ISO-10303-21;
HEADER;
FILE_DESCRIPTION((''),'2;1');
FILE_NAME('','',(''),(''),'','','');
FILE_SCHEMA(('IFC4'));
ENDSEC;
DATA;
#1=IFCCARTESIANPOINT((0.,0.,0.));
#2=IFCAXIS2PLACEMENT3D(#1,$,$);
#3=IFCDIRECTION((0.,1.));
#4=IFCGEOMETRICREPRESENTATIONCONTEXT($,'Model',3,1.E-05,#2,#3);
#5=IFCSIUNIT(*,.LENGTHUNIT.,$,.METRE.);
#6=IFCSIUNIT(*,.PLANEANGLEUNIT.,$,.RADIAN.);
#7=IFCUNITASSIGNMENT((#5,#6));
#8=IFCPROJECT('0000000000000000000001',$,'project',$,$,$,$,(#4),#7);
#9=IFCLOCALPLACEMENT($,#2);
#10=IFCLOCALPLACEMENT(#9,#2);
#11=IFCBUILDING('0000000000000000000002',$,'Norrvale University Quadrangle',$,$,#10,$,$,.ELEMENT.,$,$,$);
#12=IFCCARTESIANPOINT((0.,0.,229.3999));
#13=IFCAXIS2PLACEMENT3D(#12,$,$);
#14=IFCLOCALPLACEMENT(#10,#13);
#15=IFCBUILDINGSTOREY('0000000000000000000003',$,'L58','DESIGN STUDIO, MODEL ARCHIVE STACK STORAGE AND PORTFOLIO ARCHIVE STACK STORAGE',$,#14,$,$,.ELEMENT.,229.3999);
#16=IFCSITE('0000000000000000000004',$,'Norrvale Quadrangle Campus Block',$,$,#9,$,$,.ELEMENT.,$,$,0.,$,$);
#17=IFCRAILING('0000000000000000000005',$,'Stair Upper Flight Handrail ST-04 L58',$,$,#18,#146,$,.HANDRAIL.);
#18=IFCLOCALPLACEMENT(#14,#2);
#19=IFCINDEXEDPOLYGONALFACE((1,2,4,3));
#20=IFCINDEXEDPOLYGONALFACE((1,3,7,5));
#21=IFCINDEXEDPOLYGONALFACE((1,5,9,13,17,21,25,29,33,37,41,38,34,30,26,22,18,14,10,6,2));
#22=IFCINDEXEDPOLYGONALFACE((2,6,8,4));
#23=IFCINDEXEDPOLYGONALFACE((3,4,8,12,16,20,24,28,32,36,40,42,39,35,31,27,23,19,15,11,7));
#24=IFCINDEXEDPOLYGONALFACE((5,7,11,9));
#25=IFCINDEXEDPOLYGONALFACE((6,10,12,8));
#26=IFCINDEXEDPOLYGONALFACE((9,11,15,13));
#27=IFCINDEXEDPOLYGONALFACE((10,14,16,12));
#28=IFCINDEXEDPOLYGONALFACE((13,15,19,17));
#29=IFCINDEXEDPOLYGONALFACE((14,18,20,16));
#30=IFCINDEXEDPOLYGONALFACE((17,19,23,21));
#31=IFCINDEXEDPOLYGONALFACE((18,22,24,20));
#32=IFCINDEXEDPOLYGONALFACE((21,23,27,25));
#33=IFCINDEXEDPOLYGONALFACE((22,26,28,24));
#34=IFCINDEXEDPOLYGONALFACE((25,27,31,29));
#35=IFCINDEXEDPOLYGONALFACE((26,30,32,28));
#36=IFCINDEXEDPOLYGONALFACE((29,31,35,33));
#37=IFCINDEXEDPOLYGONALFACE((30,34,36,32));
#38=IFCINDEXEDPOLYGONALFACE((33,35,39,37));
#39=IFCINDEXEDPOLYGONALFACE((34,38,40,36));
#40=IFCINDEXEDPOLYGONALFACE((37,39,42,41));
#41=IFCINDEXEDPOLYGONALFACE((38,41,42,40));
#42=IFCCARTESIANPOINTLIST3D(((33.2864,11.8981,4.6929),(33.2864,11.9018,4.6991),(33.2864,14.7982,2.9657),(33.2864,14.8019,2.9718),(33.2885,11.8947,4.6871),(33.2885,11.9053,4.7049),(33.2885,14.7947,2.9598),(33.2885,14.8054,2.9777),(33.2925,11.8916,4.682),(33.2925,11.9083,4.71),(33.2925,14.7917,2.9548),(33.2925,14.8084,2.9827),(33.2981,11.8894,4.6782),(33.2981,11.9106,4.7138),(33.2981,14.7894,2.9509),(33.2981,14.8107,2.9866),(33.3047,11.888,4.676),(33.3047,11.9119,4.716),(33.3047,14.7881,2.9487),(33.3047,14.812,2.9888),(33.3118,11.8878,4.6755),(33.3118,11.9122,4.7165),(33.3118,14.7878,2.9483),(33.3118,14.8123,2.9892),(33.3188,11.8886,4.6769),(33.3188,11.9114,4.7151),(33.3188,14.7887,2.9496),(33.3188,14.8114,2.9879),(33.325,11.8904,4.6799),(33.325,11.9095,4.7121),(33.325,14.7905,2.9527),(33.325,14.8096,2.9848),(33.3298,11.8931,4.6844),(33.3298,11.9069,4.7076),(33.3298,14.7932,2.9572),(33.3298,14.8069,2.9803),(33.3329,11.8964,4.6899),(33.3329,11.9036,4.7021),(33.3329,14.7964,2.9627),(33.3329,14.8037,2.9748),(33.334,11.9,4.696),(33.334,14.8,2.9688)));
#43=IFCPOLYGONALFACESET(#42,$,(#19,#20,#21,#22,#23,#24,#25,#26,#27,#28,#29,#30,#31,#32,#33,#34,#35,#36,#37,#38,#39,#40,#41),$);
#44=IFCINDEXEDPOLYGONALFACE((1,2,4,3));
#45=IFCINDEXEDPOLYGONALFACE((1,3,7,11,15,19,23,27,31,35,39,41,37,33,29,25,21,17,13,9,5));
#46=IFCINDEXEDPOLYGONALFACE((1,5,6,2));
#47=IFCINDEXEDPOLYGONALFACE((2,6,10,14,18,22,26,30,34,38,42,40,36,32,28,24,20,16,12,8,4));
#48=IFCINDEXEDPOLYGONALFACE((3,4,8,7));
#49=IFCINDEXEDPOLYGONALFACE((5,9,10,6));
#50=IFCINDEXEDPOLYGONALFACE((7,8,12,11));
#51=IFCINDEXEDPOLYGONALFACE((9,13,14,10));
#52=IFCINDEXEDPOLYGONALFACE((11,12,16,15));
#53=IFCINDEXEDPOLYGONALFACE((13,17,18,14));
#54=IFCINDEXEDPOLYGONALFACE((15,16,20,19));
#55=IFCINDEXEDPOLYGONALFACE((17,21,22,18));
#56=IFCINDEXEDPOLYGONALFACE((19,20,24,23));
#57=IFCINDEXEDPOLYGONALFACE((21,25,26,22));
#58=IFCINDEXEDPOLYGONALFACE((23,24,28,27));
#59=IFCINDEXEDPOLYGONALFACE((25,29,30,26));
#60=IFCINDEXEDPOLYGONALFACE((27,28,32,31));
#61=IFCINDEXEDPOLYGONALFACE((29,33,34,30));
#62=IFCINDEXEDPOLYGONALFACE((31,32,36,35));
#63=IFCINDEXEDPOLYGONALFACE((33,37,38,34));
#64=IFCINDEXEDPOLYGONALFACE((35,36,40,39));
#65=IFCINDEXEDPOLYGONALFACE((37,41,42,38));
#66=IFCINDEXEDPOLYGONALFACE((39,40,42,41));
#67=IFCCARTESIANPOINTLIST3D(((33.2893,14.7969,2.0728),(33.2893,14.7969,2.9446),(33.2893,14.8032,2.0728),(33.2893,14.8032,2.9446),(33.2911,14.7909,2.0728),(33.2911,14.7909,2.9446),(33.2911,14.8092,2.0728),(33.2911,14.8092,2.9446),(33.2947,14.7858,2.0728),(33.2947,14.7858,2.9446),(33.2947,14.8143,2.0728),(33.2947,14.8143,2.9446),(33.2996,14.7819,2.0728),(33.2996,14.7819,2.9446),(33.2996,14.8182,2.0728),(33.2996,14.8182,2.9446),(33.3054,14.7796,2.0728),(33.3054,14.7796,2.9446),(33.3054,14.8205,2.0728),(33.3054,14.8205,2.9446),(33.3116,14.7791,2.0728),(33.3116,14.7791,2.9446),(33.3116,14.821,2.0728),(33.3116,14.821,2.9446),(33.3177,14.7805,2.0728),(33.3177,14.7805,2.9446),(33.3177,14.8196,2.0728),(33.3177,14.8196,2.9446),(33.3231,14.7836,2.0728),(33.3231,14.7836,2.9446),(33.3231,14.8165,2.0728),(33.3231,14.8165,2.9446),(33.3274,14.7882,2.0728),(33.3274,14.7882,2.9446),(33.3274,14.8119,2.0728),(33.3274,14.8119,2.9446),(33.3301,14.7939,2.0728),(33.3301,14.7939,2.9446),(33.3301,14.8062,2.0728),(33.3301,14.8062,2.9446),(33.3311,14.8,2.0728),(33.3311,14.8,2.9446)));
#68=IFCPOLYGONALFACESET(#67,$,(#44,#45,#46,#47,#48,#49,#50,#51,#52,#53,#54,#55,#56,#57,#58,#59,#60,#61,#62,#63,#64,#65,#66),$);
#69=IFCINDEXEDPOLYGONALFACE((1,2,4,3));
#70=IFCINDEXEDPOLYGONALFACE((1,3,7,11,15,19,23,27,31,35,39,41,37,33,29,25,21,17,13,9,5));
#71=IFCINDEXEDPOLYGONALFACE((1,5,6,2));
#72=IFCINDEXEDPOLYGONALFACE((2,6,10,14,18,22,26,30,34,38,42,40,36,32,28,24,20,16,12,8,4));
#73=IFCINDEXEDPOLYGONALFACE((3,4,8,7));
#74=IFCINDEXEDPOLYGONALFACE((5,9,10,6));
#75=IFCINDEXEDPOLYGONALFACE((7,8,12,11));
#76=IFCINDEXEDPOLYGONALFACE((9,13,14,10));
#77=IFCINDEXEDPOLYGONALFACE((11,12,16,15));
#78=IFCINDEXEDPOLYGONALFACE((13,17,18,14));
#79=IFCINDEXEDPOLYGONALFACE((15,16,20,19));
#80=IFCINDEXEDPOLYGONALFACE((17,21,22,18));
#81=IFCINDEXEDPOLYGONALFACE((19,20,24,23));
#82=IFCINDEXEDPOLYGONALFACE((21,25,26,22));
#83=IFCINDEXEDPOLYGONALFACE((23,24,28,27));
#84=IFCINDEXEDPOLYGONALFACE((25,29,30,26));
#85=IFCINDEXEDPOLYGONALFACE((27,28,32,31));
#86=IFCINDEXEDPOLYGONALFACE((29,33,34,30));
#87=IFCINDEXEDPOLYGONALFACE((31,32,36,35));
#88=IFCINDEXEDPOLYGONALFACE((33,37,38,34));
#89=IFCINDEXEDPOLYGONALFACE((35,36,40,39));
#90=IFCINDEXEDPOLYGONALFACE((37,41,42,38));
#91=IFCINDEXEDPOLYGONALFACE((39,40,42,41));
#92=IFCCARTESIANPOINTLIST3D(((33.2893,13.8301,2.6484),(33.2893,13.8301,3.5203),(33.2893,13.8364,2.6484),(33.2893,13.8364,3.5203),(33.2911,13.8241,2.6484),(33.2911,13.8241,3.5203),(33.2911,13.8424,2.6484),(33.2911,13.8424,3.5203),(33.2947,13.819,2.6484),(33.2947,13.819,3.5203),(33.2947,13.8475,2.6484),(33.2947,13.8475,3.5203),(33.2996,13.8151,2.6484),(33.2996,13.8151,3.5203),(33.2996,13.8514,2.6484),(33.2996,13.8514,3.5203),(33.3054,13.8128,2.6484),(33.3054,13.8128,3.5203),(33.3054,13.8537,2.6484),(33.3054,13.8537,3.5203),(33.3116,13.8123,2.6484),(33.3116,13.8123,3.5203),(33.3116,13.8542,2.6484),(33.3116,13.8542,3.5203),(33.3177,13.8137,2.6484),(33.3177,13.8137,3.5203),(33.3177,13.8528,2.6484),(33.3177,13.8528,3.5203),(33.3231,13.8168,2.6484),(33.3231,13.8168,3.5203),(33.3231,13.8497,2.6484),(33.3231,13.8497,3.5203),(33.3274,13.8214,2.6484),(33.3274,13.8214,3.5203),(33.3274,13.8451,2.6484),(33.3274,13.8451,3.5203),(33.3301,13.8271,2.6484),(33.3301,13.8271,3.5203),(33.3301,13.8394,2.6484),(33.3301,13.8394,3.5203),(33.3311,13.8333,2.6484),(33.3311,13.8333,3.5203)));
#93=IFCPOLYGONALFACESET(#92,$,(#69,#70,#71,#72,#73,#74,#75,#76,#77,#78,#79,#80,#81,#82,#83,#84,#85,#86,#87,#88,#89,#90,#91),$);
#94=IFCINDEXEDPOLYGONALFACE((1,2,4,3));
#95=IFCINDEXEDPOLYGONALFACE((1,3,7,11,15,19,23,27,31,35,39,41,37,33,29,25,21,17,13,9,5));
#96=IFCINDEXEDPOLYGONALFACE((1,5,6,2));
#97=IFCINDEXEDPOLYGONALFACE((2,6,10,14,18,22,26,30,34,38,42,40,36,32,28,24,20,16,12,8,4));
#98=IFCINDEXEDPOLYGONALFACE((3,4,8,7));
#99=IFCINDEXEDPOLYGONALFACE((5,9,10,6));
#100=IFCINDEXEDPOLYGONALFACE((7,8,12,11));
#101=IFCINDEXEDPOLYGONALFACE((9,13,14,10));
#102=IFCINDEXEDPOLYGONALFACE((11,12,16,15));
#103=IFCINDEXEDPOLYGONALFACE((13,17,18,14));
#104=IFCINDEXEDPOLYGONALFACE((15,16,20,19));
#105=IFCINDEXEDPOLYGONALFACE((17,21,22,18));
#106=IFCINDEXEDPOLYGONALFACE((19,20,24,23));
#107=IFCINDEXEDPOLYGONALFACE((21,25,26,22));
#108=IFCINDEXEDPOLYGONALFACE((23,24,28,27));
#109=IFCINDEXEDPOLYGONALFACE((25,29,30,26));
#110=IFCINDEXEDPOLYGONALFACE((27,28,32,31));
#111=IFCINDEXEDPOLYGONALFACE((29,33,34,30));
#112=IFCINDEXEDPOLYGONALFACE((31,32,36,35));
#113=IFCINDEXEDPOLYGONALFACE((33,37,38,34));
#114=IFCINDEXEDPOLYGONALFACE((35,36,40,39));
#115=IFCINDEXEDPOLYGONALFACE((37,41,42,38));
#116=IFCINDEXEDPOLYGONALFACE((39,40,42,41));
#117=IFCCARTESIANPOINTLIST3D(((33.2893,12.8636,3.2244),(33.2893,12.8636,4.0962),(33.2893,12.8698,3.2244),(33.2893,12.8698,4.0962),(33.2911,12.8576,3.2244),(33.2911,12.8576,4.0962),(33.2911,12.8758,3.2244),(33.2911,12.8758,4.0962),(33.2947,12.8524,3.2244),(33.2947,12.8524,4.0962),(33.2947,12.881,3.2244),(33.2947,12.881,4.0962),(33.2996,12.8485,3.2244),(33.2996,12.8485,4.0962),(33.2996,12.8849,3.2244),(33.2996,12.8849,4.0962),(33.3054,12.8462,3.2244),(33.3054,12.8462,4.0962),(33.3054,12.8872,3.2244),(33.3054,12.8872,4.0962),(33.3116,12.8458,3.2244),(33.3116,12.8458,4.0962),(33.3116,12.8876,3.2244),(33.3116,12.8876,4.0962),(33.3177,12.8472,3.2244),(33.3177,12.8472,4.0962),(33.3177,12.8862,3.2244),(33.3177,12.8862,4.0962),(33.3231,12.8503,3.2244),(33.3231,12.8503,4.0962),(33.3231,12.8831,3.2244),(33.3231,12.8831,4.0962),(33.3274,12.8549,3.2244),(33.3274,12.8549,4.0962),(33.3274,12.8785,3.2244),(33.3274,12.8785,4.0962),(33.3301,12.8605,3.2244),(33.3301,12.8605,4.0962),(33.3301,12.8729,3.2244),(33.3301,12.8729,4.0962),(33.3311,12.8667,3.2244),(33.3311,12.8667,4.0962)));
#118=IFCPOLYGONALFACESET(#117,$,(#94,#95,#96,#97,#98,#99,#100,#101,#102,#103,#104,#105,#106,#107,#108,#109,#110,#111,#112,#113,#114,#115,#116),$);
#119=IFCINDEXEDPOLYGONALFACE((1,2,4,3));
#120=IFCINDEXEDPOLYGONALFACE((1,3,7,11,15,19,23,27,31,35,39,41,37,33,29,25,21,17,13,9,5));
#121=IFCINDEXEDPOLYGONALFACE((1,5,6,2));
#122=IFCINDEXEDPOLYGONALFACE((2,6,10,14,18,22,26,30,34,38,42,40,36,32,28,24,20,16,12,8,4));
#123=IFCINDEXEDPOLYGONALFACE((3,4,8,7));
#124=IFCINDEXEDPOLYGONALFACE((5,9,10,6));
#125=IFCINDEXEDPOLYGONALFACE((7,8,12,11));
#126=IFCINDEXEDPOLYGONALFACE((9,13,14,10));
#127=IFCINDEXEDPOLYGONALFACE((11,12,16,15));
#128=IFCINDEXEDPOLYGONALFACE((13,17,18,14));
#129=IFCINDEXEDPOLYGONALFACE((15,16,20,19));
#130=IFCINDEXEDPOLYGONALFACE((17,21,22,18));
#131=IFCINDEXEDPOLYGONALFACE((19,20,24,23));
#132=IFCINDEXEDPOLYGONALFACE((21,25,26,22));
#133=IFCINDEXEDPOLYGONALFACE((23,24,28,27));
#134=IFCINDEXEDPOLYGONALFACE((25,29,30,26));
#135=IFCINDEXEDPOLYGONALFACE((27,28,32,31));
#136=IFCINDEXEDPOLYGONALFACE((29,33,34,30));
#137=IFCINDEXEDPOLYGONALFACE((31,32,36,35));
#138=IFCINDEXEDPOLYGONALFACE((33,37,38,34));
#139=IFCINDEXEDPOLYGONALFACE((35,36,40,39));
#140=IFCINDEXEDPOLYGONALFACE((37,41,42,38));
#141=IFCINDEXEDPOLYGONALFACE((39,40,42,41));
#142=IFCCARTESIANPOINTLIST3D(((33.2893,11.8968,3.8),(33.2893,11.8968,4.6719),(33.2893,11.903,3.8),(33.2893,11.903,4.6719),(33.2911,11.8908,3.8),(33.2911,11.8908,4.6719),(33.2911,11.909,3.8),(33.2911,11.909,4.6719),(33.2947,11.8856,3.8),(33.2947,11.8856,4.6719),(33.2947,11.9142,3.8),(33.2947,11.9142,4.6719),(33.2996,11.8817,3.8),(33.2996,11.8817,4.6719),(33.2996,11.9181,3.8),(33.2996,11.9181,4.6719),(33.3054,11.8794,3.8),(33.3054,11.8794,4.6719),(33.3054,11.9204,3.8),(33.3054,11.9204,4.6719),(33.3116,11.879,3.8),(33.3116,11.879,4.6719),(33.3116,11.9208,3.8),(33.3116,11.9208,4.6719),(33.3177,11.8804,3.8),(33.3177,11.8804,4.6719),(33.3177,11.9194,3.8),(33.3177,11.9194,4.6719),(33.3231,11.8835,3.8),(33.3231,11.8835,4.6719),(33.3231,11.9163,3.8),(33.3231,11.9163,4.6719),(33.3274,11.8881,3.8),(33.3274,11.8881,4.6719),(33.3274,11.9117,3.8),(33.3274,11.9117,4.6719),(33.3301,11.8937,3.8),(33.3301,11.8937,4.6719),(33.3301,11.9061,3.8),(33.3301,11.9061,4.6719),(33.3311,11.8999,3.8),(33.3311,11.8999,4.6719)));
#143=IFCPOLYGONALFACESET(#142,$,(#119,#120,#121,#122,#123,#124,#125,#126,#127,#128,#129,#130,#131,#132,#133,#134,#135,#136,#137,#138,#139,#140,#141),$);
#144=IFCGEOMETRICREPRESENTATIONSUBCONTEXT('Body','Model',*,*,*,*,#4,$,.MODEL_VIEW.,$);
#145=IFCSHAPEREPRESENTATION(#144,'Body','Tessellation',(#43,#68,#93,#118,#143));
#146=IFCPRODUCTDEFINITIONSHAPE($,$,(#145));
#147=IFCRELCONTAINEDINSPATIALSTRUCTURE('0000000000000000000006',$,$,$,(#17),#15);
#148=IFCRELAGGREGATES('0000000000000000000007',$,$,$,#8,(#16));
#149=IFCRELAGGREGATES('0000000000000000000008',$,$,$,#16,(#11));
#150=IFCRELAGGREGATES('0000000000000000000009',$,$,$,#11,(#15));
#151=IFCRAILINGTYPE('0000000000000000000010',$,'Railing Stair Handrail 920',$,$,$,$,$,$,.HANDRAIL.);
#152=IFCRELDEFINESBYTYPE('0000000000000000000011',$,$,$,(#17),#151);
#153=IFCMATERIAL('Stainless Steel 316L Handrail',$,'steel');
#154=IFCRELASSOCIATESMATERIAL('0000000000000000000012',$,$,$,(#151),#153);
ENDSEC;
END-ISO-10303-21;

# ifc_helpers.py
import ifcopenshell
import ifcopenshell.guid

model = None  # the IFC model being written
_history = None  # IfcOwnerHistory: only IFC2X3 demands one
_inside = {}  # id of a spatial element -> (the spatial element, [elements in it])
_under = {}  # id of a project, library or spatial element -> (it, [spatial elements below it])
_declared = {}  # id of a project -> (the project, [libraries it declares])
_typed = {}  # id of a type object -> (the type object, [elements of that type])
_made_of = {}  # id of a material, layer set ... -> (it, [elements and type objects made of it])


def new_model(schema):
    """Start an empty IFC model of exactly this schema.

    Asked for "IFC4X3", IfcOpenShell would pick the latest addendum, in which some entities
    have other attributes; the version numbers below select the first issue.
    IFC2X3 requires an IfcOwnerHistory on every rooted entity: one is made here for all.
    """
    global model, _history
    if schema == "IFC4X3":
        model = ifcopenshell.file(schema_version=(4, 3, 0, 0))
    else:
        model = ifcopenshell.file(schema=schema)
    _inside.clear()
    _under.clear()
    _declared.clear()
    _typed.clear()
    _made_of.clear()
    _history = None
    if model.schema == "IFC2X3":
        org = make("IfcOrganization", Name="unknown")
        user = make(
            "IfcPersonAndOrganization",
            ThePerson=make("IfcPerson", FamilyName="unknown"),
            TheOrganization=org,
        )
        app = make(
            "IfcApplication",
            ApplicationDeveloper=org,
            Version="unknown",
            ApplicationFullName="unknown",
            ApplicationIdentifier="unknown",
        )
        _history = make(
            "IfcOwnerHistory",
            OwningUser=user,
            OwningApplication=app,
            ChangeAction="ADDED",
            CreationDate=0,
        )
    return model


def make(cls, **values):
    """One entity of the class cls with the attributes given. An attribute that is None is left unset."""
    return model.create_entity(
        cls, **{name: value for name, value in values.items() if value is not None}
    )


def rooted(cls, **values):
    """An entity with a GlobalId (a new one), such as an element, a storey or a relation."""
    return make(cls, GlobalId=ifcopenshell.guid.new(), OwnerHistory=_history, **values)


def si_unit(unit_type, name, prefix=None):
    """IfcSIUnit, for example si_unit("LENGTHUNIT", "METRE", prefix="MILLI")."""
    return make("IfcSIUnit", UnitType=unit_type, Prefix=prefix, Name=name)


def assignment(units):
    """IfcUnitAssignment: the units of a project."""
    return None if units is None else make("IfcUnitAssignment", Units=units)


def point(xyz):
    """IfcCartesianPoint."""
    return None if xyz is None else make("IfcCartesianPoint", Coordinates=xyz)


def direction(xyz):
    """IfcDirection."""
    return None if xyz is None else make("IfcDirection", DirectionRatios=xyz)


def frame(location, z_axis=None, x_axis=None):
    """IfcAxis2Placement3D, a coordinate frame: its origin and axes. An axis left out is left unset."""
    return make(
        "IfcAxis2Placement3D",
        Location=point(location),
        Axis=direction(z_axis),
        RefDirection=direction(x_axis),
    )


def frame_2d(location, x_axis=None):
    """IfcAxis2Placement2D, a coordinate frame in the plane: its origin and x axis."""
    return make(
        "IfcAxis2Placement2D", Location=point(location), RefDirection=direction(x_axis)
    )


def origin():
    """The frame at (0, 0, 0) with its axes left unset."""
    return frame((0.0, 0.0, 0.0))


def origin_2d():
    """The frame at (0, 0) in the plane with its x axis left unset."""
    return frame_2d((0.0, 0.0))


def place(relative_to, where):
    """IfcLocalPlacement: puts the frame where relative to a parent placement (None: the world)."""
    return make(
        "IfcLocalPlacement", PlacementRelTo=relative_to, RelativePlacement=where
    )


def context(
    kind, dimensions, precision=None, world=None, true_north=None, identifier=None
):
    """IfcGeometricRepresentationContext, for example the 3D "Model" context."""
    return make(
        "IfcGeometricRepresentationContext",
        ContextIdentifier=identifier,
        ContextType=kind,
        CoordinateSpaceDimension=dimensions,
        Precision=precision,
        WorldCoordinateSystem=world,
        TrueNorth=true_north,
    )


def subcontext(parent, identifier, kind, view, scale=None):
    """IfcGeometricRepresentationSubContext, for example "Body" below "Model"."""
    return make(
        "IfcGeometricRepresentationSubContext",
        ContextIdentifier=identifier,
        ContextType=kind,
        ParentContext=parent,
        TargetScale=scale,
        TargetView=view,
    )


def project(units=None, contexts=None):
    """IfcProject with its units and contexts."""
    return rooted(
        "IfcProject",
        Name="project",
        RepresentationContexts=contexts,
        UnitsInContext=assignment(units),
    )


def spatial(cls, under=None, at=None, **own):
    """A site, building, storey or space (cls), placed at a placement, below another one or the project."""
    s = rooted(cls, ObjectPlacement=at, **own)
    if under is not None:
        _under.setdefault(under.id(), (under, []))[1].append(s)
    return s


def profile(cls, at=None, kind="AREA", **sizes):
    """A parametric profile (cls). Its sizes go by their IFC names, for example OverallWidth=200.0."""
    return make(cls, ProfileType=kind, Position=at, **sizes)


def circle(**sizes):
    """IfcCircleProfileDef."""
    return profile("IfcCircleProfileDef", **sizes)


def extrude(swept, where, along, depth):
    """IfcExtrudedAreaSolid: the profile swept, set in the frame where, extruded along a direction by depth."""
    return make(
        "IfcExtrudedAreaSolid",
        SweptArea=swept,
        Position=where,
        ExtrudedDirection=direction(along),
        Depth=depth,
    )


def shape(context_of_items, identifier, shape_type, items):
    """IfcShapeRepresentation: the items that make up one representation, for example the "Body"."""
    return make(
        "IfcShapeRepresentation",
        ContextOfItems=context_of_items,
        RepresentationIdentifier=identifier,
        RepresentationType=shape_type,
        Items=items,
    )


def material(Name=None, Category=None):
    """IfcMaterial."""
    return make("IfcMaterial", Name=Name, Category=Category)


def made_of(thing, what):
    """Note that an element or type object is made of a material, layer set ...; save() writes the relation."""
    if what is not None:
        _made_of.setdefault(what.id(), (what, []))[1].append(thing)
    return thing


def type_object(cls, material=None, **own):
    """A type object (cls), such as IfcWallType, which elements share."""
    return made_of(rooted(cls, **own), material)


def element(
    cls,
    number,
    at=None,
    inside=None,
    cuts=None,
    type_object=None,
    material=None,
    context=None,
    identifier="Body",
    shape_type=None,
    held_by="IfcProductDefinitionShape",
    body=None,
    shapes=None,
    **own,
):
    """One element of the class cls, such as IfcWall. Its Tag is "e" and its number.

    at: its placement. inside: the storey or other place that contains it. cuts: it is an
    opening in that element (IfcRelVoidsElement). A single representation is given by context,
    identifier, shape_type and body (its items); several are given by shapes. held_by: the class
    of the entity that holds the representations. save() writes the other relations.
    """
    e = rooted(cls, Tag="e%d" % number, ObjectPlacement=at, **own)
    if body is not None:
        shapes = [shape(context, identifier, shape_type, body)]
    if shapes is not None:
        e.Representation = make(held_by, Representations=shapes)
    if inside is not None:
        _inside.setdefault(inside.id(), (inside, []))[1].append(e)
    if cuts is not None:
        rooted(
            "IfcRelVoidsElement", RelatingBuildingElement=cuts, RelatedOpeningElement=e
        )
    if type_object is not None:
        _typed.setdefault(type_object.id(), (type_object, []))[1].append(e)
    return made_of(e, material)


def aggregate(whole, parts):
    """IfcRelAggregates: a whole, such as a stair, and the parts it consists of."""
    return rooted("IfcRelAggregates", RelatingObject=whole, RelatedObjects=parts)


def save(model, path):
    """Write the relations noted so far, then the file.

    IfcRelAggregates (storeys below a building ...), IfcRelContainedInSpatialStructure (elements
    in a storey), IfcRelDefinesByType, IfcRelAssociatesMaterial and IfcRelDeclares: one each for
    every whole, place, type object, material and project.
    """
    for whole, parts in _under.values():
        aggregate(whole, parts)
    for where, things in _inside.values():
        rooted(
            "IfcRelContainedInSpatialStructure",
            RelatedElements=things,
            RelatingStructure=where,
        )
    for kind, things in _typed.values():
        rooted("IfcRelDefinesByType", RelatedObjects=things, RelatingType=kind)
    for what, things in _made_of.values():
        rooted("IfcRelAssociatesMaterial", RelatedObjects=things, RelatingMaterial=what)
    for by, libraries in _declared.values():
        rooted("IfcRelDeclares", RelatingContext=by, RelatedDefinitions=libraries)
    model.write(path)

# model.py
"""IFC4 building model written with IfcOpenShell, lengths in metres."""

from ifc_helpers import new_model, si_unit, direction, frame, origin, origin_2d, place, context, subcontext, project, spatial, circle, extrude, material, type_object, element, save


model = new_model("IFC4")

# Units and contexts
model_context = context("Model", 3, precision=1e-05, world=origin(), true_north=direction((0.0, 1.0)))
body_context = subcontext(model_context, "Body", "Model", "MODEL_VIEW")
ifc_project = project(units=[si_unit("LENGTHUNIT", "METRE"), si_unit("PLANEANGLEUNIT", "RADIAN")], contexts=[model_context])

# Site, building, storey
site_placement = place(None, origin())
site = spatial("IfcSite", under=ifc_project, at=site_placement, Name="Norrvale Quadrangle Campus Block", CompositionType="ELEMENT", RefElevation=0.0)
building_placement = place(site_placement, origin())
building = spatial("IfcBuilding", under=site, at=building_placement, Name="Norrvale University Quadrangle", CompositionType="ELEMENT")
storey_placement = place(building_placement, frame((0.0, 0.0, 229.3999)))
storey = spatial("IfcBuildingStorey", under=building, at=storey_placement, Name="L58", Description="DESIGN STUDIO, MODEL ARCHIVE STACK STORAGE AND PORTFOLIO ARCHIVE STACK STORAGE", CompositionType="ELEMENT", Elevation=229.3999)

# Railing
ifc_material_1 = material(Name="Stainless Steel 316L Handrail", Category="steel")
railing_type_1 = type_object("IfcRailingType", Name="Railing Stair Handrail 920", PredefinedType="HANDRAIL", material=ifc_material_1)
railing_1_placement = place(storey_placement, frame((33.3101, 14.8, 2.0728)))
element("IfcRailing", 1, at=railing_1_placement, inside=storey, type_object=railing_type_1, Name="Stair Upper Flight Handrail ST-04 L58", PredefinedType="HANDRAIL", context=body_context, shape_type="SweptSolid", body=[
    extrude(circle(Radius=0.0239, at=origin_2d()), frame((0.0, 0.0, 0.896), z_axis=(0.0, -0.85916, 0.511706), x_axis=(1.0, 0.0, 0.0)), (0.0, 0.0, 1.0), 3.3755),
    extrude(circle(Radius=0.021, at=origin_2d()), origin(), (0.0, 0.0, 1.0), 0.8718),
    extrude(circle(Radius=0.021, at=origin_2d()), frame((0.0, -0.9668, 0.5757)), (0.0, 0.0, 1.0), 0.8718),
    extrude(circle(Radius=0.021, at=origin_2d()), frame((0.0, -1.9333, 1.1516)), (0.0, 0.0, 1.0), 0.8718),
    extrude(circle(Radius=0.021, at=origin_2d()), frame((0.0, -2.9001, 1.7273)), (0.0, 0.0, 1.0), 0.8718),
])

save(model, "model.ifc")
